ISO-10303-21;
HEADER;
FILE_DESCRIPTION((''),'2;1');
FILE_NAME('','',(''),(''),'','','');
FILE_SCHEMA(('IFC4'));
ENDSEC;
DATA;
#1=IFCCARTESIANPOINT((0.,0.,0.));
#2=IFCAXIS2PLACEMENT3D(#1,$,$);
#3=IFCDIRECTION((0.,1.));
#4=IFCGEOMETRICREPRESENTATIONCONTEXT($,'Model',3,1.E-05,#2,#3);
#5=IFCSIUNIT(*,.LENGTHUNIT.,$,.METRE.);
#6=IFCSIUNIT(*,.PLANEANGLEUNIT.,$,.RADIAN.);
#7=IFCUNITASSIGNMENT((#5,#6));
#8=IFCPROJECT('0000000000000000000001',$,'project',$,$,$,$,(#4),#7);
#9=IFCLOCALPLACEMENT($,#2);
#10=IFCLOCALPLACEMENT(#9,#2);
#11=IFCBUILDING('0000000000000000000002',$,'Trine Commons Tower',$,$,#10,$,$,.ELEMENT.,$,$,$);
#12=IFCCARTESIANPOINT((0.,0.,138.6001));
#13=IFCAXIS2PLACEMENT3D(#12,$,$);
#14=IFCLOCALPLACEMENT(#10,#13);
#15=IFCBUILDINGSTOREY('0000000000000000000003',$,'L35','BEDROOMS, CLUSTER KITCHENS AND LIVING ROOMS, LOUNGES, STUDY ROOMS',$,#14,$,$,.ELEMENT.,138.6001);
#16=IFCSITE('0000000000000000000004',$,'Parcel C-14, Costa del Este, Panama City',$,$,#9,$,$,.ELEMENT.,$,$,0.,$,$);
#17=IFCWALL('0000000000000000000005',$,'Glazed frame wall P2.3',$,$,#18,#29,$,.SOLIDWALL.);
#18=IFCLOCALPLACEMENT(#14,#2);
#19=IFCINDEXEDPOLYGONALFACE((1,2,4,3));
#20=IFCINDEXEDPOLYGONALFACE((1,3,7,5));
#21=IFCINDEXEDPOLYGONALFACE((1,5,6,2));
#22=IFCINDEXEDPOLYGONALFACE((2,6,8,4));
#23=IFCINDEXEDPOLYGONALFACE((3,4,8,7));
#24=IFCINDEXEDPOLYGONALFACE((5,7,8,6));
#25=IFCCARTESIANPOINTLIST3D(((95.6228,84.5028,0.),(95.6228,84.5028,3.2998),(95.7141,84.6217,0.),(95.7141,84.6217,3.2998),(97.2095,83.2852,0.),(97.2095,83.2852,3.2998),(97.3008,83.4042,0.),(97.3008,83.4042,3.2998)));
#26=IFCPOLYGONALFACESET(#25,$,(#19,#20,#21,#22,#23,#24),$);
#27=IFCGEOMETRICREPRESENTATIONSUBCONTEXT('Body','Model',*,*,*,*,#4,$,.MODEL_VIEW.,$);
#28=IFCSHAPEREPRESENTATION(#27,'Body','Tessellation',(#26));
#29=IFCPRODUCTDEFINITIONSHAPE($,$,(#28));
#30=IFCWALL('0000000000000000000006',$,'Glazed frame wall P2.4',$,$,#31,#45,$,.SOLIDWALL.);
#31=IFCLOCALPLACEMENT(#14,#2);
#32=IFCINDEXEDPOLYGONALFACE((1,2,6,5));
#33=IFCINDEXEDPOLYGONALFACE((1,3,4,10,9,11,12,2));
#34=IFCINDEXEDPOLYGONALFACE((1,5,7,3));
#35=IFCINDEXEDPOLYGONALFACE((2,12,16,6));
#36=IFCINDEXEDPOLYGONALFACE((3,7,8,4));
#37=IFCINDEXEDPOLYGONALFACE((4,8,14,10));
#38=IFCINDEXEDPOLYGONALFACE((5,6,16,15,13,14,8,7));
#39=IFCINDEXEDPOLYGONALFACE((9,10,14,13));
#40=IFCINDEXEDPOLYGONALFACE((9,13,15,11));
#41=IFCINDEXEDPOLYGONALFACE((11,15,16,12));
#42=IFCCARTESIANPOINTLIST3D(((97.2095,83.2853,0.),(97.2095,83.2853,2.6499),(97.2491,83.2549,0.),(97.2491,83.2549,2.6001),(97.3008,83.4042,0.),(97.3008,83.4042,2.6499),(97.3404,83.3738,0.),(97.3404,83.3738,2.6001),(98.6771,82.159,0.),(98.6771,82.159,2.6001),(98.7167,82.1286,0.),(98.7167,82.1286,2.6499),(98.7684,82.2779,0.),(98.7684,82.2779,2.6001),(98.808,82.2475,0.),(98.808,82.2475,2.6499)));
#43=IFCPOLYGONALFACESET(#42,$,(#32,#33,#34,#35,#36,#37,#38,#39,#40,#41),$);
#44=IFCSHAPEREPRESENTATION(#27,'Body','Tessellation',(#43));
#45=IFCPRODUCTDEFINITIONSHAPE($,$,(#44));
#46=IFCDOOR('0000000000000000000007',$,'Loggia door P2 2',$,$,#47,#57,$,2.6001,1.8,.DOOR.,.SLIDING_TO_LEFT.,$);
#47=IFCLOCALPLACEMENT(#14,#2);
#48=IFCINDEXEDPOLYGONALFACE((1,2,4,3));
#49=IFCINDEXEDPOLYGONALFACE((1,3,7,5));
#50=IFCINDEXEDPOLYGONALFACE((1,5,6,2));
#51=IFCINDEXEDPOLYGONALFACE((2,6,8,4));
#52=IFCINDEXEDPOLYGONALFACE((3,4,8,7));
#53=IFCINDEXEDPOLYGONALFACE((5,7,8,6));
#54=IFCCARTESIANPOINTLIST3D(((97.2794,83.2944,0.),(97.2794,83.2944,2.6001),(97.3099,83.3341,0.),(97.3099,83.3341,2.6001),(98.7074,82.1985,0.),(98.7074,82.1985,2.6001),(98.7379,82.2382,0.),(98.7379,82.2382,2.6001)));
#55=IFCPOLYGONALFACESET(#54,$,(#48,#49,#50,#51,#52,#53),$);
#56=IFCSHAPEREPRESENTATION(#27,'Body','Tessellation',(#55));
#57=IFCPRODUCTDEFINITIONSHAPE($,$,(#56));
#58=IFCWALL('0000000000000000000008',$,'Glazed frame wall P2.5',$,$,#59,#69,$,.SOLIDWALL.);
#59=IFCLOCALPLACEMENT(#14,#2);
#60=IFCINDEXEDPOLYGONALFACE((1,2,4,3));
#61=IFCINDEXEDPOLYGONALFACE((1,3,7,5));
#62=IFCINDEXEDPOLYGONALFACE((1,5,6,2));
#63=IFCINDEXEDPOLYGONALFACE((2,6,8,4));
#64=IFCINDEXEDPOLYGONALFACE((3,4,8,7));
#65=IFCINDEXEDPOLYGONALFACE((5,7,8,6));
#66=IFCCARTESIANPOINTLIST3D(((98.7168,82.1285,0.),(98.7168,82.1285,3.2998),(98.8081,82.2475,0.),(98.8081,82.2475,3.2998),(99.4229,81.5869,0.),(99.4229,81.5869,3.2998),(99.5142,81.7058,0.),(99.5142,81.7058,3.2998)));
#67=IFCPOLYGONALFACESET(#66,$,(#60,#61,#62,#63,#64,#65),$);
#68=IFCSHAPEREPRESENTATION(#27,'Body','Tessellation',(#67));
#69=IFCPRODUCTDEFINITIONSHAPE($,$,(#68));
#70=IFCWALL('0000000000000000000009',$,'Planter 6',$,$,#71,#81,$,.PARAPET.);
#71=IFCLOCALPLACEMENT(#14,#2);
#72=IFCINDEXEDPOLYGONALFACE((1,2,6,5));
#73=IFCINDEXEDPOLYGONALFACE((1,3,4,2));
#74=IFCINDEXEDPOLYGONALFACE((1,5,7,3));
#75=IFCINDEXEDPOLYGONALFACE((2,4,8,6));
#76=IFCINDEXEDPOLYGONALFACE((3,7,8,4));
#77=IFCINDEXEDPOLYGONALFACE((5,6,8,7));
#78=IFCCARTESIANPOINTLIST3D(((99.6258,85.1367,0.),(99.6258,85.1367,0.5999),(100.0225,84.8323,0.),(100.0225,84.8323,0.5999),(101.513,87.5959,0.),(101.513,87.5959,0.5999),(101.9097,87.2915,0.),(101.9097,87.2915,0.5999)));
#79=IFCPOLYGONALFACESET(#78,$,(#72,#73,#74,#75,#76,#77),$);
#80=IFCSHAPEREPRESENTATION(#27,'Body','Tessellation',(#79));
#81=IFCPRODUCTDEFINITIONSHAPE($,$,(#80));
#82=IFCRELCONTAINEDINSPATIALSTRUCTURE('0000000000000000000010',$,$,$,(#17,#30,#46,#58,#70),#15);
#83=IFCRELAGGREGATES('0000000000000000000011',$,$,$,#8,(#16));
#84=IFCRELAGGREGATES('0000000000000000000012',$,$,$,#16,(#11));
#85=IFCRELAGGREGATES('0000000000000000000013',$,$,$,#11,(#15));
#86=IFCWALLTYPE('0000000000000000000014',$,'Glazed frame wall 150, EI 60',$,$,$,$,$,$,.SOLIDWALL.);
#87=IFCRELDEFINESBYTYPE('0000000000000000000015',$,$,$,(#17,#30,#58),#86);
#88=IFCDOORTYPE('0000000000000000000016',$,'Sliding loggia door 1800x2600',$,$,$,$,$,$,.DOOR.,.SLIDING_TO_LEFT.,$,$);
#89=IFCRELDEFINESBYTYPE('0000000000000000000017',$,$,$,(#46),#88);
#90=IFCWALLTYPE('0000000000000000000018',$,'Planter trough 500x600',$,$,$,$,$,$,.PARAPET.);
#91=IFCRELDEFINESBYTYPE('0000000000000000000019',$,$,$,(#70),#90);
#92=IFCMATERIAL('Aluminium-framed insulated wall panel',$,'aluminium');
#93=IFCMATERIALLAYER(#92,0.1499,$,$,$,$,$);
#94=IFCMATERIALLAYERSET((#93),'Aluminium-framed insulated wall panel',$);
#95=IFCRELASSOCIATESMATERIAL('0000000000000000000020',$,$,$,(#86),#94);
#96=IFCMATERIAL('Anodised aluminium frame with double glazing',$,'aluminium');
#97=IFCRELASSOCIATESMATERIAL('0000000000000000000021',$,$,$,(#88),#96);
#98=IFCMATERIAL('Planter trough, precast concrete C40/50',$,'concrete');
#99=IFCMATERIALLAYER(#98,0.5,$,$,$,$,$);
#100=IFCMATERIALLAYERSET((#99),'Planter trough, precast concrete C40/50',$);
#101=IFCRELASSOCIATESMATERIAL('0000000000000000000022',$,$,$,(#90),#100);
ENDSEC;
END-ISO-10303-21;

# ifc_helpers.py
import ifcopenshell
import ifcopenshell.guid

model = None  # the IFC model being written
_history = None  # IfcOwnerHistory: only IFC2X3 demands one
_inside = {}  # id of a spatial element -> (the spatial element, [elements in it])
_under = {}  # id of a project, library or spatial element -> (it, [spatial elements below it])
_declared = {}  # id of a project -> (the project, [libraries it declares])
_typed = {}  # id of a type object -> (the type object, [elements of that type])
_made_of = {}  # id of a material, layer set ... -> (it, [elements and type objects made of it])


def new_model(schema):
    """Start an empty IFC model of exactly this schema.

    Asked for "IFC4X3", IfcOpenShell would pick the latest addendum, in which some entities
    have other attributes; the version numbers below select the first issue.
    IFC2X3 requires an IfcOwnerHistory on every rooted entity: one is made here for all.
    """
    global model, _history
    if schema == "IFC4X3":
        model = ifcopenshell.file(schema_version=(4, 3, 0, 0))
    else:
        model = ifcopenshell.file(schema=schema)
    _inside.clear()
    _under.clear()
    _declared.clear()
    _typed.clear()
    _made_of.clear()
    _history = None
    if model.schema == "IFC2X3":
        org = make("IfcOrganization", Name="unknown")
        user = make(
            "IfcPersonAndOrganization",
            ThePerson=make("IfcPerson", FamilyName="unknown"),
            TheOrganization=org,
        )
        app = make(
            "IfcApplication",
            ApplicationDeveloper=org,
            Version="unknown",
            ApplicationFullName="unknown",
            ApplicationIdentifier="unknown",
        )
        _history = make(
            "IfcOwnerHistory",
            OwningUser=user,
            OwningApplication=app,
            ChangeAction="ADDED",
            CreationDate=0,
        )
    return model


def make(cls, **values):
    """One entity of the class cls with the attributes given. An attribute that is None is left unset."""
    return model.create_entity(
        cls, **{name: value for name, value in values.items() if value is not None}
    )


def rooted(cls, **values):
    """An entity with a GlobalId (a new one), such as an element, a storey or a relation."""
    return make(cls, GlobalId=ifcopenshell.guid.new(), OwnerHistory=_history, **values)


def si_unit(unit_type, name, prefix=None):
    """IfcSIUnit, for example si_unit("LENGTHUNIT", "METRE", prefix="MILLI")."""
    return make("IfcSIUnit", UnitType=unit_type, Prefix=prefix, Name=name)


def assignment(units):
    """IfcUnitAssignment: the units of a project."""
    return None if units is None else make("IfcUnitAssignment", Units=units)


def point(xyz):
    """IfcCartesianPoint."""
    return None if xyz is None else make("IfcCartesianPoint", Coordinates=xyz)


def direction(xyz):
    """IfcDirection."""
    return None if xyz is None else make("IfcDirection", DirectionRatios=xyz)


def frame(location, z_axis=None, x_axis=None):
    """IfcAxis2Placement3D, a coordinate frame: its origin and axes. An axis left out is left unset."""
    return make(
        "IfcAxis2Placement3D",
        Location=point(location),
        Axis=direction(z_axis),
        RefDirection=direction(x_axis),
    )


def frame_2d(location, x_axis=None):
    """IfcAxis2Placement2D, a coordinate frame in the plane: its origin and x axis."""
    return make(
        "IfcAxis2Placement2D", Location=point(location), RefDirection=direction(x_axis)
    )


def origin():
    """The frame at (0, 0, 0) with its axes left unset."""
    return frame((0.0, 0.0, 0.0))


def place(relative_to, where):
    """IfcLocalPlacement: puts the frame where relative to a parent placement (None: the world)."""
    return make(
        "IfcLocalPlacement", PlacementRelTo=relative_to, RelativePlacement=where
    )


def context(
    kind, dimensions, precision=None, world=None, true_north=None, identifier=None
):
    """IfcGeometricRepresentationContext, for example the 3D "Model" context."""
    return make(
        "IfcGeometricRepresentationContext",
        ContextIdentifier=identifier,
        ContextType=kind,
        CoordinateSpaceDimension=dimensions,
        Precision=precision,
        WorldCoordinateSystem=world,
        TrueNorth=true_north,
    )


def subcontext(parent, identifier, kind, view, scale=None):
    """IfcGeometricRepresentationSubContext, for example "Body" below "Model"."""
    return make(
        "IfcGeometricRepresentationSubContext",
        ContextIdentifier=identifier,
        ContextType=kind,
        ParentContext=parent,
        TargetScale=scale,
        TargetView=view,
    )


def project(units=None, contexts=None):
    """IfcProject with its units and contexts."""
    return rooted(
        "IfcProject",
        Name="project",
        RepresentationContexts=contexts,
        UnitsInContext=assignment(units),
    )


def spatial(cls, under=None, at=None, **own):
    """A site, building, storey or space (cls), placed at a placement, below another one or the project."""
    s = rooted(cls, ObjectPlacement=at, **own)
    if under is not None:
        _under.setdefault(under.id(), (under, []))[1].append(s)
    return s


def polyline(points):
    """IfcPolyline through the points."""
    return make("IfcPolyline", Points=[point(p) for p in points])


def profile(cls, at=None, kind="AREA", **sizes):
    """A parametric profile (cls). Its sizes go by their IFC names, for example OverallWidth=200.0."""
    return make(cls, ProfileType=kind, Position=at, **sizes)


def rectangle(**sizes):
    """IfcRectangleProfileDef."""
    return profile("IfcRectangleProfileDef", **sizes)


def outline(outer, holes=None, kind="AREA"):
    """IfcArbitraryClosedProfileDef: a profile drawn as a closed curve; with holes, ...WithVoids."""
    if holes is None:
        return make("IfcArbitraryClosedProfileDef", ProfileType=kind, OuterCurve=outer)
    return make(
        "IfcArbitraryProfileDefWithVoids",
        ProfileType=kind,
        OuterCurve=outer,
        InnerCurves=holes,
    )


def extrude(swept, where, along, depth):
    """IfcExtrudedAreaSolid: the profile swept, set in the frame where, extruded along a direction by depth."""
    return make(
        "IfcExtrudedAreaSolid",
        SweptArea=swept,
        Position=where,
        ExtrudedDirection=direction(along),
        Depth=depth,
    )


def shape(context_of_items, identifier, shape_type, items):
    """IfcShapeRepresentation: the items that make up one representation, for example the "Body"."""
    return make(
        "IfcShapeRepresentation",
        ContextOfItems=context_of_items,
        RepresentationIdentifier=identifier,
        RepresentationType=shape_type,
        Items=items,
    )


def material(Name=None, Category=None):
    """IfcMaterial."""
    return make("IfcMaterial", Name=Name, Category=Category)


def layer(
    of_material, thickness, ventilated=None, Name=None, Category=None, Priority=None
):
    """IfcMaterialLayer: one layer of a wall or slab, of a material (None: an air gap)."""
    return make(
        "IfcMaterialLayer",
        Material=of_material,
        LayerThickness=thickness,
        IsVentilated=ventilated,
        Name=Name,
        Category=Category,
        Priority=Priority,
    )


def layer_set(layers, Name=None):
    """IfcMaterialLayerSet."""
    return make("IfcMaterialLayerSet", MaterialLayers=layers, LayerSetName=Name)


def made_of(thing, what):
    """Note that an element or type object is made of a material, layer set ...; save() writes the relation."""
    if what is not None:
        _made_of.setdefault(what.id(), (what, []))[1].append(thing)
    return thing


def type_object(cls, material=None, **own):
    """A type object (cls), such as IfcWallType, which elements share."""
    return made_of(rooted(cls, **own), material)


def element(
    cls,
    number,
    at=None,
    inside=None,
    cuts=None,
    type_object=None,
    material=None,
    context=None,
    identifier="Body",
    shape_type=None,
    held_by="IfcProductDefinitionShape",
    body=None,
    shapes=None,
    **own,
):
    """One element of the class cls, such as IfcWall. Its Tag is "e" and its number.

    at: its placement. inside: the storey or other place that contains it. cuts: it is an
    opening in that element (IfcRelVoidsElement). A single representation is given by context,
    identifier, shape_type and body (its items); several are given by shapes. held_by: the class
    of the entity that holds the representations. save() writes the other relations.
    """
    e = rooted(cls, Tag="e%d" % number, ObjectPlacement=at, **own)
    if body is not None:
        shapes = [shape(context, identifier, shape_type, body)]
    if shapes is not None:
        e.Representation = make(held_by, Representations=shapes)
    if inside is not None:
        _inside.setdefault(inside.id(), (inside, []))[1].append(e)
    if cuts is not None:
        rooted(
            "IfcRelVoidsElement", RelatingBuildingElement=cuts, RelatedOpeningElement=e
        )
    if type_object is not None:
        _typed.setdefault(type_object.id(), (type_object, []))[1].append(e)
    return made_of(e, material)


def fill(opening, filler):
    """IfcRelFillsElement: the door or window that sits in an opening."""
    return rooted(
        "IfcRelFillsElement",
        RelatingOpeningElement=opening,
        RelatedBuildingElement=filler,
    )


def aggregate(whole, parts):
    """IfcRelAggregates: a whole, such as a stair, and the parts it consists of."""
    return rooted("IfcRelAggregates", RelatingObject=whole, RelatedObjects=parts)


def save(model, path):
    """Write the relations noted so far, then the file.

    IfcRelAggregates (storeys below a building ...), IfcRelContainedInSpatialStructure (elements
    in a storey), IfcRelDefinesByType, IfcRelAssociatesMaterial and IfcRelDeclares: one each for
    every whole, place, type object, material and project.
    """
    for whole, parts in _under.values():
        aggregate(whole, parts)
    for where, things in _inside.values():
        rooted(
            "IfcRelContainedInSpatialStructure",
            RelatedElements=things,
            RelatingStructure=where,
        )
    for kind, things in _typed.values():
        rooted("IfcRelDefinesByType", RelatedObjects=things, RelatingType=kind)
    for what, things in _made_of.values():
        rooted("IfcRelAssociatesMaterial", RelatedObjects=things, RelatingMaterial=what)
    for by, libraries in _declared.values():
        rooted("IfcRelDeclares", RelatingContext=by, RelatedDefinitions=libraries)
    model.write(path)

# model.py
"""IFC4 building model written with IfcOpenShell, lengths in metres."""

from ifc_helpers import new_model, si_unit, direction, frame, frame_2d, origin, place, context, subcontext, project, spatial, polyline, rectangle, outline, extrude, material, layer, layer_set, type_object, element, fill, save


model = new_model("IFC4")

# Units and contexts
model_context = context("Model", 3, precision=1e-05, world=origin(), true_north=direction((0.0, 1.0)))
body_context = subcontext(model_context, "Body", "Model", "MODEL_VIEW")
ifc_project = project(units=[si_unit("LENGTHUNIT", "METRE"), si_unit("PLANEANGLEUNIT", "RADIAN")], contexts=[model_context])

# Site, building, storey
site_placement = place(None, origin())
site = spatial("IfcSite", under=ifc_project, at=site_placement, Name="Parcel C-14, Costa del Este, Panama City", CompositionType="ELEMENT", RefElevation=0.0)
building_placement = place(site_placement, origin())
building = spatial("IfcBuilding", under=site, at=building_placement, Name="Trine Commons Tower", CompositionType="ELEMENT")
storey_placement = place(building_placement, frame((0.0, 0.0, 138.6001)))
storey = spatial("IfcBuildingStorey", under=building, at=storey_placement, Name="L35", Description="BEDROOMS, CLUSTER KITCHENS AND LIVING ROOMS, LOUNGES, STUDY ROOMS", CompositionType="ELEMENT", Elevation=138.6001)

# Wall
ifc_material_1 = material(Name="Aluminium-framed insulated wall panel", Category="aluminium")
ifc_layer_1 = layer(ifc_material_1, 0.1499)
ifc_layer_set_1 = layer_set([ifc_layer_1], Name="Aluminium-framed insulated wall panel")
wall_type_1 = type_object("IfcWallType", Name="Glazed frame wall 150, EI 60", PredefinedType="SOLIDWALL", material=ifc_layer_set_1)
wall_1_placement = place(storey_placement, frame((95.6685, 84.5623, 0.0), z_axis=(0.0, 0.0, 1.0), x_axis=(0.793345, -0.608772, 0.0)))
element("IfcWall", 1, at=wall_1_placement, inside=storey, type_object=wall_type_1, Name="Glazed frame wall P2.3", PredefinedType="SOLIDWALL", context=body_context, shape_type="SweptSolid", body=[
    extrude(outline(polyline([(0.0, -0.075), (2.0, -0.075), (2.0, 0.075), (0.0, 0.075), (0.0, -0.075)])), origin(), (0.0, 0.0, 1.0), 3.2998),
])

# Wall, opening, door
wall_2_placement = place(storey_placement, frame((97.2551, 83.3447, 0.0), z_axis=(0.0, 0.0, 1.0), x_axis=(0.793321, -0.608804, 0.0)))
wall_2 = element("IfcWall", 2, at=wall_2_placement, inside=storey, type_object=wall_type_1, Name="Glazed frame wall P2.4", PredefinedType="SOLIDWALL", context=body_context, shape_type="SweptSolid", body=[
    extrude(outline(polyline([(0.0, -0.075), (1.8999, -0.075), (1.8999, 0.075), (0.0, 0.075), (0.0, -0.075)])), origin(), (0.0, 0.0, 1.0), 2.6499),
])
opening_1_placement = place(wall_2_placement, frame((0.05, 0.0, 0.0)))
opening_1 = element("IfcOpeningElement", 3, at=opening_1_placement, cuts=wall_2, PredefinedType="OPENING", context=body_context, shape_type="SweptSolid", body=[
    extrude(rectangle(XDim=1.8, YDim=2.6001, at=frame_2d((0.8999, 1.3))), frame((0.0, 0.085, 0.0), z_axis=(0.0, -1.0, 0.0), x_axis=(1.0, 0.0, 0.0)), (0.0, 0.0, 1.0), 0.1699),
])
ifc_material_2 = material(Name="Anodised aluminium frame with double glazing", Category="aluminium")
door_type = type_object("IfcDoorType", Name="Sliding loggia door 1800x2600", OperationType="SLIDING_TO_LEFT", PredefinedType="DOOR", material=ifc_material_2)
door_1_placement = place(opening_1_placement, origin())
door_1 = element("IfcDoor", 4, at=door_1_placement, inside=storey, type_object=door_type, Name="Loggia door P2 2", OperationType="SLIDING_TO_LEFT", OverallHeight=2.6001, OverallWidth=1.8, PredefinedType="DOOR", context=body_context, shape_type="SweptSolid", body=[
    extrude(rectangle(XDim=1.8, YDim=2.6001, at=frame_2d((0.8999, 1.3))), frame((0.0, 0.0249, 0.0), z_axis=(0.0, -1.0, 0.0), x_axis=(1.0, 0.0, 0.0)), (0.0, 0.0, 1.0), 0.05),
])
fill(opening_1, door_1)

# Wall
wall_3_placement = place(storey_placement, frame((98.7625, 82.188, 0.0), z_axis=(0.0, 0.0, 1.0), x_axis=(0.793449, -0.608637, 0.0)))
element("IfcWall", 5, at=wall_3_placement, inside=storey, type_object=wall_type_1, Name="Glazed frame wall P2.5", PredefinedType="SOLIDWALL", context=body_context, shape_type="SweptSolid", body=[
    extrude(outline(polyline([(0.8899, 0.075), (0.0, 0.075), (0.0, -0.075), (0.8899, -0.075), (0.8899, 0.075)])), origin(), (0.0, 0.0, 1.0), 3.2998),
])

# Wall
ifc_material_3 = material(Name="Planter trough, precast concrete C40/50", Category="concrete")
ifc_layer_2 = layer(ifc_material_3, 0.5)
ifc_layer_set_2 = layer_set([ifc_layer_2], Name="Planter trough, precast concrete C40/50")
wall_type_2 = type_object("IfcWallType", Name="Planter trough 500x600", PredefinedType="PARAPET", material=ifc_layer_set_2)
wall_4_placement = place(storey_placement, frame((99.8242, 84.9846, 0.0), z_axis=(0.0, 0.0, 1.0), x_axis=(0.608797, 0.793326, 0.0)))
element("IfcWall", 6, at=wall_4_placement, inside=storey, type_object=wall_type_2, Name="Planter 6", PredefinedType="PARAPET", context=body_context, shape_type="SweptSolid", body=[
    extrude(rectangle(XDim=3.0999, YDim=0.5, at=frame_2d((1.5498, 0.0))), origin(), (0.0, 0.0, 1.0), 0.5999),
])

save(model, "model.ifc")
